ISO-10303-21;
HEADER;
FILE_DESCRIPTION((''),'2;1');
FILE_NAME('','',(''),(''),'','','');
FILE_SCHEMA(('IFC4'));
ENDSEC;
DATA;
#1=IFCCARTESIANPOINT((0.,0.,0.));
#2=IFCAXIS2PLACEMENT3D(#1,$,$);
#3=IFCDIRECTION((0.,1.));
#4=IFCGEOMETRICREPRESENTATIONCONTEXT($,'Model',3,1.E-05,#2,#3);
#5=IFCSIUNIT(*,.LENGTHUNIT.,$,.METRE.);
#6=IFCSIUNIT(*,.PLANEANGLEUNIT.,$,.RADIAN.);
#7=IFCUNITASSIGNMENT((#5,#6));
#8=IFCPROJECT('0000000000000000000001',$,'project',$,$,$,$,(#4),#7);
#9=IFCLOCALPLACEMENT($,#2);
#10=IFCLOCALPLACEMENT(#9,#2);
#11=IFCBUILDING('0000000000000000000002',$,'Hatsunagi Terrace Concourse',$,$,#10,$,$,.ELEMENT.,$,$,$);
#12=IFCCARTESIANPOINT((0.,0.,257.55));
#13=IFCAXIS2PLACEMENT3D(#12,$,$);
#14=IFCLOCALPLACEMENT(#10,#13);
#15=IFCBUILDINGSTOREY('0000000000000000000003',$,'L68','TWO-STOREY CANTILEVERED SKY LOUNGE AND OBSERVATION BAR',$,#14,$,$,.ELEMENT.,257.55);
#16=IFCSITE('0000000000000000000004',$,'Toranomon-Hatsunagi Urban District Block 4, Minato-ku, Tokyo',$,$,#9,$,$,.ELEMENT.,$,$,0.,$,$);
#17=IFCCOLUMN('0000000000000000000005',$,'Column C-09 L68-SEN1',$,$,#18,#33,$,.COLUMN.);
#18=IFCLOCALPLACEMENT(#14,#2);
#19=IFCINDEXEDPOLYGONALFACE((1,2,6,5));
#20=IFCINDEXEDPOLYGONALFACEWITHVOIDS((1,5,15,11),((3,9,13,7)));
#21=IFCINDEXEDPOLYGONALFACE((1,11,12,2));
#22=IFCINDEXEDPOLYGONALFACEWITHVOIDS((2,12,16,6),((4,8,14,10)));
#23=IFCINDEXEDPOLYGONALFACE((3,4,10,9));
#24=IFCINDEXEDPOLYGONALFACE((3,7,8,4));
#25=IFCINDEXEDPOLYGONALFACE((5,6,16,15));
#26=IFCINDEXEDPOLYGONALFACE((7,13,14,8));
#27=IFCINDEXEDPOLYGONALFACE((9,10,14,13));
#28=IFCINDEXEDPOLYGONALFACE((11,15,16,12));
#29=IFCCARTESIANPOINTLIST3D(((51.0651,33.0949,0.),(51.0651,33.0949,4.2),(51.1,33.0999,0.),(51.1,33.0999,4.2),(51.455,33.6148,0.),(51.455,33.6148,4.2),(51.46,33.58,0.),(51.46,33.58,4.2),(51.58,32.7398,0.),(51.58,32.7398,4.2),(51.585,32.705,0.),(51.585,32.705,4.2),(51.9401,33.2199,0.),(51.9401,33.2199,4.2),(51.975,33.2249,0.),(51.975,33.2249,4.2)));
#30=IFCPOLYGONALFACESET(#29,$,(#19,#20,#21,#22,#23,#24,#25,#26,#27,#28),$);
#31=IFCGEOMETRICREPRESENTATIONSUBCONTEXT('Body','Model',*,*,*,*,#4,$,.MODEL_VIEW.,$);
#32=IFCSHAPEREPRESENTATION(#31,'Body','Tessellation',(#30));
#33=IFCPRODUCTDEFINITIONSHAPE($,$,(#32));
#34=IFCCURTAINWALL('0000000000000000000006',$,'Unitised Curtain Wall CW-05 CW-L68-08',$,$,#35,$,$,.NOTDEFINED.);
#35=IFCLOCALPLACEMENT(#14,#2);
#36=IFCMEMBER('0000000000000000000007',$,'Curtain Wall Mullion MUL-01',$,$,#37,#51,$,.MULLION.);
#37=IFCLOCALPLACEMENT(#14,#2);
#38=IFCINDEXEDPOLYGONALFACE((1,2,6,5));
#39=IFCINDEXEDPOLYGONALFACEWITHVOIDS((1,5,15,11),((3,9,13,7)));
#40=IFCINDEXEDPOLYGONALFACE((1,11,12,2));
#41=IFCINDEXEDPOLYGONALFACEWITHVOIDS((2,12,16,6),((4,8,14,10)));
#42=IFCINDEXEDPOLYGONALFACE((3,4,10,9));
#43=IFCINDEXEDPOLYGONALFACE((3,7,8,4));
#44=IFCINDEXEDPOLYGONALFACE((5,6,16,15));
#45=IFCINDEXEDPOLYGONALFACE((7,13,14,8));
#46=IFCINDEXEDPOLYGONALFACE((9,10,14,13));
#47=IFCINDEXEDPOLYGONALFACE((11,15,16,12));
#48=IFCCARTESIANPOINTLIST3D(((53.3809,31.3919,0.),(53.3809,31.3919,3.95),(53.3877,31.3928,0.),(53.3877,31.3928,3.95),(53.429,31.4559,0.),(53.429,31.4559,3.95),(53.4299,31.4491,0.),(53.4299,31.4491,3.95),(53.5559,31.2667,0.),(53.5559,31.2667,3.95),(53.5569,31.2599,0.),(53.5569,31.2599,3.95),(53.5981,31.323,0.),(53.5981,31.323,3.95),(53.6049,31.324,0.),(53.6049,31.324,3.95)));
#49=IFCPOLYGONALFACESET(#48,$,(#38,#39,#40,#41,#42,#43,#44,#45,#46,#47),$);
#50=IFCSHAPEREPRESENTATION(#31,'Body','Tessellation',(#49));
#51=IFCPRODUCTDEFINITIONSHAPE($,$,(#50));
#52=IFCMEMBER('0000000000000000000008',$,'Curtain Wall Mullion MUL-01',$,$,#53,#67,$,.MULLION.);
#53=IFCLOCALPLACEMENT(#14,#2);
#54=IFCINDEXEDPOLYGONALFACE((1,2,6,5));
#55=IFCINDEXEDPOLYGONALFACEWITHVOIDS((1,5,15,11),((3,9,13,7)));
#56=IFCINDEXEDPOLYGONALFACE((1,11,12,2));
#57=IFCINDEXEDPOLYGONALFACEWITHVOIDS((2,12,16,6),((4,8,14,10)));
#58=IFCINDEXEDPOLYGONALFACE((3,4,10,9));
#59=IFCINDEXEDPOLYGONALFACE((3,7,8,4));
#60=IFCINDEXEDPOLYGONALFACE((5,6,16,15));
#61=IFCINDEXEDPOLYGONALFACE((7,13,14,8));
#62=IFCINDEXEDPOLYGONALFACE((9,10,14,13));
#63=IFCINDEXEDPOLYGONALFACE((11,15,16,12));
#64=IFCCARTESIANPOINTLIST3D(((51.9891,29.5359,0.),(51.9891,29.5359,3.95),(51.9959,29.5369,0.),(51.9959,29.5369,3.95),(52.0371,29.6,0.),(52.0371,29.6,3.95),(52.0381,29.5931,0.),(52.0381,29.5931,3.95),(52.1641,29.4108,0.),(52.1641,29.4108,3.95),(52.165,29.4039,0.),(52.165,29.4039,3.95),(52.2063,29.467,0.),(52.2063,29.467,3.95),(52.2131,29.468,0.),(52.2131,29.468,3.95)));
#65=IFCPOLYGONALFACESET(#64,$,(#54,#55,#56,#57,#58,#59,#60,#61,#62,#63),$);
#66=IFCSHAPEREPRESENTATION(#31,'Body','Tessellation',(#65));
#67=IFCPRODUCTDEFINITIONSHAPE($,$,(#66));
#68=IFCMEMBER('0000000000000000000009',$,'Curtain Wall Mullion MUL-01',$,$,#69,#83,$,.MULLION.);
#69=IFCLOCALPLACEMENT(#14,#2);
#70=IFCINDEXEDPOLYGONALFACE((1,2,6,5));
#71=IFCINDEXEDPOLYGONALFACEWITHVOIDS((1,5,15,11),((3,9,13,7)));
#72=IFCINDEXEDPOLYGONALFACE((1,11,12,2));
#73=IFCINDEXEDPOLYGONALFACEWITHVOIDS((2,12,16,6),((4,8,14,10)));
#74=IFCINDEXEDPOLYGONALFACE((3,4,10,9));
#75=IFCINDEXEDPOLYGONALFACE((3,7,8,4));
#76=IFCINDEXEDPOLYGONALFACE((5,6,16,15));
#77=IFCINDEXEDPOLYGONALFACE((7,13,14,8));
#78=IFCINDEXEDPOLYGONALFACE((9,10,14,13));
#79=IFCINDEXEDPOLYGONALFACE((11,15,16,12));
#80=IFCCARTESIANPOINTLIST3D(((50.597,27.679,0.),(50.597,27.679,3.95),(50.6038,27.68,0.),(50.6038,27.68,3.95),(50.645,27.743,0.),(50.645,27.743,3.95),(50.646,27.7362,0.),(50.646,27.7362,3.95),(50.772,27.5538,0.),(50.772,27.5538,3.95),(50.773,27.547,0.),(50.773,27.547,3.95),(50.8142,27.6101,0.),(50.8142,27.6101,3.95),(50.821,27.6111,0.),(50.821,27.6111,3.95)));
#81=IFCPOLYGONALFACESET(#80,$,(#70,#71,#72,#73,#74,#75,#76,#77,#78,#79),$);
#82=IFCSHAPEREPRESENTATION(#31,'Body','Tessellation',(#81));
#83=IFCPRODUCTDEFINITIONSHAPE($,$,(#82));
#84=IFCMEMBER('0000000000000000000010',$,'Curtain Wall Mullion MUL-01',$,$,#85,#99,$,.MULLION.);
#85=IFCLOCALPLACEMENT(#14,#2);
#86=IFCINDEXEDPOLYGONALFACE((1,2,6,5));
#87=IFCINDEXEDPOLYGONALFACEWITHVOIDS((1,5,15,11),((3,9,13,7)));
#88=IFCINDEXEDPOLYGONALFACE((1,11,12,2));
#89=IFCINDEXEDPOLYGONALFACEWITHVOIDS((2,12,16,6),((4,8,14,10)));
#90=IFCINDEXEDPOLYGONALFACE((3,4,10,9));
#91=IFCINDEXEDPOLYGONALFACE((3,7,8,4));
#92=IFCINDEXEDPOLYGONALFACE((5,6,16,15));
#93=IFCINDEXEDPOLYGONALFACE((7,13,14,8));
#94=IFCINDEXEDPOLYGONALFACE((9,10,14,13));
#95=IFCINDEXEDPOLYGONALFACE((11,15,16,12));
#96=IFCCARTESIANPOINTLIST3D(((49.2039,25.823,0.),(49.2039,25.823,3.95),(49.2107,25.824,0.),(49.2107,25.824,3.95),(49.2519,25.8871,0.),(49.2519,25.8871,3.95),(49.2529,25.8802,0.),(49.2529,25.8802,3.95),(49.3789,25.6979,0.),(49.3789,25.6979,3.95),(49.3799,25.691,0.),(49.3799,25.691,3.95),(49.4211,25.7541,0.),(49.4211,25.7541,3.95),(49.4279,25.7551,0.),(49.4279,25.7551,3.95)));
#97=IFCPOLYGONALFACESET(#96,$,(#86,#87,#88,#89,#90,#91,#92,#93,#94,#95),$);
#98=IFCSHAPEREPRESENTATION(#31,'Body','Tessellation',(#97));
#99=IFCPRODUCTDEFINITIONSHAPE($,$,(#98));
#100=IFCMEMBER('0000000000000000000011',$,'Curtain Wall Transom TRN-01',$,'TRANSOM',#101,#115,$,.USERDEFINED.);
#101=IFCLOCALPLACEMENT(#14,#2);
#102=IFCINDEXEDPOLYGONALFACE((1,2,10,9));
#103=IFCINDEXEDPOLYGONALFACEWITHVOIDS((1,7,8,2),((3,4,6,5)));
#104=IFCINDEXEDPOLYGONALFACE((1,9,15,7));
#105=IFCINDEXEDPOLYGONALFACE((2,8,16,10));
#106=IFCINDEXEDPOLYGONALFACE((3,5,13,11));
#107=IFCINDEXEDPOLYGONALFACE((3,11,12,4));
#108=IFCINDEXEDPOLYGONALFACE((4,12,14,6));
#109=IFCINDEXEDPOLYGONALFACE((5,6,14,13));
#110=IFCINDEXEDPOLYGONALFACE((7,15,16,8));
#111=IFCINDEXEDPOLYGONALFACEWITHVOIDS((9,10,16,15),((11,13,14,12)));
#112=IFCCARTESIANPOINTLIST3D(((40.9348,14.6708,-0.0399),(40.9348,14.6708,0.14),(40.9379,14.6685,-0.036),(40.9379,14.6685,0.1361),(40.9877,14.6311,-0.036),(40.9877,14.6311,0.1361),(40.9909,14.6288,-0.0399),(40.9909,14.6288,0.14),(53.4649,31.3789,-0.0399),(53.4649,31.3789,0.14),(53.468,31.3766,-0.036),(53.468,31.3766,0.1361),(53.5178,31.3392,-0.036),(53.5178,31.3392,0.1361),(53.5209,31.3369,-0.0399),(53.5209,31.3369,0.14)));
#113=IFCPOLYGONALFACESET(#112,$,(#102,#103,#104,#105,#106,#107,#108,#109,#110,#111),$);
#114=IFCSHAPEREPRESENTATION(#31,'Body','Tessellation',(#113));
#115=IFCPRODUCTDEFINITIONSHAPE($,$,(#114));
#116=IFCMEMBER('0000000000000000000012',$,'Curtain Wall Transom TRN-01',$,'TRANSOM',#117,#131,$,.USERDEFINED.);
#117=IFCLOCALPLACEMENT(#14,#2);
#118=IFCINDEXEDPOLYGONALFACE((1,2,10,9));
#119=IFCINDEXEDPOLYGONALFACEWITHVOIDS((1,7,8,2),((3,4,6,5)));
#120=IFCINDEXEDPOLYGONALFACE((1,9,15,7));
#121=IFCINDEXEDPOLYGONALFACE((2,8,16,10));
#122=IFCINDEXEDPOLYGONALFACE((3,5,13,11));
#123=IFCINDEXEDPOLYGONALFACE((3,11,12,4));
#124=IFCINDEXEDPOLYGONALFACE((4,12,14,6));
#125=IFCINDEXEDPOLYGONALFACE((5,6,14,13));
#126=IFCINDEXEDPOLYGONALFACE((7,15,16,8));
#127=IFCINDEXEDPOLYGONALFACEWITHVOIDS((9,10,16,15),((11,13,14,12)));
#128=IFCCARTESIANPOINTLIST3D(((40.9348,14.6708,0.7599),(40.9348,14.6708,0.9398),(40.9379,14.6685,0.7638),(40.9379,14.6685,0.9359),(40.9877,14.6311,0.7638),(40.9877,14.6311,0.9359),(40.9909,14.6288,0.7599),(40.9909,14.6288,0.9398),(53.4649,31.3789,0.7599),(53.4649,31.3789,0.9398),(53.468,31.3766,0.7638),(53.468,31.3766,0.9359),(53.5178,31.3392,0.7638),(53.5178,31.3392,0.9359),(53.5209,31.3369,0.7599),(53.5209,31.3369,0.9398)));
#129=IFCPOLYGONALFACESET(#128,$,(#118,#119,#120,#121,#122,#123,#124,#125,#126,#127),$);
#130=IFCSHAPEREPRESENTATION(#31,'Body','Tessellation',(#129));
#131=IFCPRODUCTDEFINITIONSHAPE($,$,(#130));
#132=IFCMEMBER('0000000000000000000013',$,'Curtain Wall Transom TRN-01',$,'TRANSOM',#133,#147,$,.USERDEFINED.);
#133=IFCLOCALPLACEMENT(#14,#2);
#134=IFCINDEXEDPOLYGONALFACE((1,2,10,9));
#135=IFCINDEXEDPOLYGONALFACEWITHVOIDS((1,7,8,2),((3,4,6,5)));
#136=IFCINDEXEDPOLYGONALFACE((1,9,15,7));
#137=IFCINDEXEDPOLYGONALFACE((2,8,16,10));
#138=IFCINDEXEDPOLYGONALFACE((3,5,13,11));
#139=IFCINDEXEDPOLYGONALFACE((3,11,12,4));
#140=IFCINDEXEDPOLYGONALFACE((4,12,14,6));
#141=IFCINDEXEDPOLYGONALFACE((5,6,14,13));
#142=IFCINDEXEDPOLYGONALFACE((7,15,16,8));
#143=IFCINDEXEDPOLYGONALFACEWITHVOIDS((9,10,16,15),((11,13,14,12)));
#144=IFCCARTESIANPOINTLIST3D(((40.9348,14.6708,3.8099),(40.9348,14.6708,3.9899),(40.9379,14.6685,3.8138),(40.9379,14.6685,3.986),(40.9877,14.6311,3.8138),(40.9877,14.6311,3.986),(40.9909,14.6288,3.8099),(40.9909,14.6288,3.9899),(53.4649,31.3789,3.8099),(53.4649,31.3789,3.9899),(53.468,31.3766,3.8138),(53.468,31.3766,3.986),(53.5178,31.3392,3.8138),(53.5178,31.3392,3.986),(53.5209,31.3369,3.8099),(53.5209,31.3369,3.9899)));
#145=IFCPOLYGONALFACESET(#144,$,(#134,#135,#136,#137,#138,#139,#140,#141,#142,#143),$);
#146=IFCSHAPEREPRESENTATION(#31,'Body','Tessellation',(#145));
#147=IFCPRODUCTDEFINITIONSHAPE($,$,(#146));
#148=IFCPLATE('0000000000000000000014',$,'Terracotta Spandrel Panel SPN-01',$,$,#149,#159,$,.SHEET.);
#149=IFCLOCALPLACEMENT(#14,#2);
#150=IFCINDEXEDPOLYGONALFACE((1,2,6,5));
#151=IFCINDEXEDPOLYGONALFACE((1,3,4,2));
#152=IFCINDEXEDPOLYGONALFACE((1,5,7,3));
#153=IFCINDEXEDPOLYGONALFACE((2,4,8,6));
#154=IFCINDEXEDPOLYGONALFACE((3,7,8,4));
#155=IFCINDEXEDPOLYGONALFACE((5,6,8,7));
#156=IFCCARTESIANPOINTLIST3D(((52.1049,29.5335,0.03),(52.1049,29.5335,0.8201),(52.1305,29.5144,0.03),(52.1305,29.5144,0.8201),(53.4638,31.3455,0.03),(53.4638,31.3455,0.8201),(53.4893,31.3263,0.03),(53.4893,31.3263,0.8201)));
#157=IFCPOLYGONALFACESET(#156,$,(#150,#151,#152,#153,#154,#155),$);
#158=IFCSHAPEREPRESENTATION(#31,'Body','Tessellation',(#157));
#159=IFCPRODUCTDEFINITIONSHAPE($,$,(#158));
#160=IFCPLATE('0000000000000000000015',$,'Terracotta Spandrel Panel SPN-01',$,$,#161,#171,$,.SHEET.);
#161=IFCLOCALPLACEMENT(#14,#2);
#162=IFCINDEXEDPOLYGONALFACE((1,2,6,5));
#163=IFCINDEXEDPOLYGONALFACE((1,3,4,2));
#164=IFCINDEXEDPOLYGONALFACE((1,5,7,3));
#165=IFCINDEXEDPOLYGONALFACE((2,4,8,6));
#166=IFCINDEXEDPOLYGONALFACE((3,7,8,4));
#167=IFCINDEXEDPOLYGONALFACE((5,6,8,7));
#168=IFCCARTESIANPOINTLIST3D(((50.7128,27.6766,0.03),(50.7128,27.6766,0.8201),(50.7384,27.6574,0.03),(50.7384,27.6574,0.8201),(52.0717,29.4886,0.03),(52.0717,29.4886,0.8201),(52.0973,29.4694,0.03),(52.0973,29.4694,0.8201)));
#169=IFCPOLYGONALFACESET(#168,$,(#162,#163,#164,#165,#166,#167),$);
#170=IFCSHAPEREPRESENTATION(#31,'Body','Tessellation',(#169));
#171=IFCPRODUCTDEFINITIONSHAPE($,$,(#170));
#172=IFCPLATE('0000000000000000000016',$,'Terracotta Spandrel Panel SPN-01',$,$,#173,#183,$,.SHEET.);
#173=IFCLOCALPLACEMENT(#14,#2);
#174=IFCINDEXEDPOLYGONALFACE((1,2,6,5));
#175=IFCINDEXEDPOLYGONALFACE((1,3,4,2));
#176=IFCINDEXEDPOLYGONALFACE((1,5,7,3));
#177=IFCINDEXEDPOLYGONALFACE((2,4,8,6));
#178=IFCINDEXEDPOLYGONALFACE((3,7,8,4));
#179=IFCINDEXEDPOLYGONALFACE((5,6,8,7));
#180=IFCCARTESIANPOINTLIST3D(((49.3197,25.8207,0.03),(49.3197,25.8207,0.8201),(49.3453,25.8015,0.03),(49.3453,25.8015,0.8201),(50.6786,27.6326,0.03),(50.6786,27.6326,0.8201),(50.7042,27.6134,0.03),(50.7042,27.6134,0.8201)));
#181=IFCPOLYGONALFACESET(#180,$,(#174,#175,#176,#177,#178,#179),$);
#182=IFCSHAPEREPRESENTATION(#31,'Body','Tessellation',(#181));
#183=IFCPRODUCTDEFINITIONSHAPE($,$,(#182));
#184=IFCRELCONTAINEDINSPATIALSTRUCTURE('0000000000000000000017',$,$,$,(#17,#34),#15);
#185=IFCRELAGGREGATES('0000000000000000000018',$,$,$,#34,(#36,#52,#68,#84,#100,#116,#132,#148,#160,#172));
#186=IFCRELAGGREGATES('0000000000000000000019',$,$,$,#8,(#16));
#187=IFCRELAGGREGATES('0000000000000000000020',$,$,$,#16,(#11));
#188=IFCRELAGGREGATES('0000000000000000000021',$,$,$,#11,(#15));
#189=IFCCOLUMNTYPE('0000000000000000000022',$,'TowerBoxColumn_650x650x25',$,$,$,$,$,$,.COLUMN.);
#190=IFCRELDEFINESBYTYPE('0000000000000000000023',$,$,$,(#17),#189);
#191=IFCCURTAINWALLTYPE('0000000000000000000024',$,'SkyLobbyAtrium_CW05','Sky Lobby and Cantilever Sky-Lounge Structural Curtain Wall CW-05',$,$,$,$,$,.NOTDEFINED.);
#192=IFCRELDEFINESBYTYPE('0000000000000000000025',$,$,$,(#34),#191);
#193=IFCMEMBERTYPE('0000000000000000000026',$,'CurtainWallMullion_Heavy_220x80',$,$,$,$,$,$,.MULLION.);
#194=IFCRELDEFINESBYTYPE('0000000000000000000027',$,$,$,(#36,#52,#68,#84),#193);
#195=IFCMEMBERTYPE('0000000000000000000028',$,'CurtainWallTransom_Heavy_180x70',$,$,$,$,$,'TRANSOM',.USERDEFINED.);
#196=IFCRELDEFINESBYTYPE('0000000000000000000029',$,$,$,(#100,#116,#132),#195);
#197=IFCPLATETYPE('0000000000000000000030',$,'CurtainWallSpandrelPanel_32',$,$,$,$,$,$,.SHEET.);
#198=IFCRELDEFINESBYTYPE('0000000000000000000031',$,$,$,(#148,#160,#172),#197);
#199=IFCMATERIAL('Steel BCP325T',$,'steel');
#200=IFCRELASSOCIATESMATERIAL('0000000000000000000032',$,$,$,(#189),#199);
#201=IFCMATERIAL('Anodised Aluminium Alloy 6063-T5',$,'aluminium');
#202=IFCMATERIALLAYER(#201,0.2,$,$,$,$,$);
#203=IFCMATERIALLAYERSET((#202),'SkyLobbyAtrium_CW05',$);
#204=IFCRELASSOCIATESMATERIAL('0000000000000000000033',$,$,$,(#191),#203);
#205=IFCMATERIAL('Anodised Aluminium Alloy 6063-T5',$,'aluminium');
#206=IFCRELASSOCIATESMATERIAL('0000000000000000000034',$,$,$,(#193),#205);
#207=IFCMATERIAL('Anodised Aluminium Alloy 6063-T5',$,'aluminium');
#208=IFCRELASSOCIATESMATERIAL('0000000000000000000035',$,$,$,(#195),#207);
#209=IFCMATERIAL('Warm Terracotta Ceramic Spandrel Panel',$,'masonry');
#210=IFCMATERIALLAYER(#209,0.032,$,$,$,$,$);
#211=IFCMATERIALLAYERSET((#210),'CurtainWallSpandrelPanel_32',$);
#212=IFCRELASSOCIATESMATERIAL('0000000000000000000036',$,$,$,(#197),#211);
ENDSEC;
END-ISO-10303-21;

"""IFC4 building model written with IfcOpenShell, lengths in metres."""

from ifc_helpers import new_model, si_unit, direction, frame, origin, origin_2d, place, context, subcontext, project, spatial, rectangle, hollow_rectangle, extrude, material, layer, layer_set, material_profile, profile_set, type_object, element, aggregate, save


model = new_model("IFC4")

# Units and contexts
model_context = context("Model", 3, precision=1e-05, world=origin(), true_north=direction((0.0, 1.0)))
body_context = subcontext(model_context, "Body", "Model", "MODEL_VIEW")
ifc_project = project(units=[si_unit("LENGTHUNIT", "METRE"), si_unit("PLANEANGLEUNIT", "RADIAN")], contexts=[model_context])

# Site, building, storey
site_placement = place(None, origin())
site = spatial("IfcSite", under=ifc_project, at=site_placement, Name="Toranomon-Hatsunagi Urban District Block 4, Minato-ku, Tokyo", CompositionType="ELEMENT", RefElevation=0.0)
building_placement = place(site_placement, origin())
building = spatial("IfcBuilding", under=site, at=building_placement, Name="Hatsunagi Terrace Concourse", CompositionType="ELEMENT")
storey_placement = place(building_placement, frame((0.0, 0.0, 257.55)))
storey = spatial("IfcBuildingStorey", under=building, at=storey_placement, Name="L68", Description="TWO-STOREY CANTILEVERED SKY LOUNGE AND OBSERVATION BAR", CompositionType="ELEMENT", Elevation=257.55)

# Column
ifc_material_1 = material(Name="Steel BCP325T", Category="steel")
ifc_material_profile_1 = material_profile(ifc_material_1, hollow_rectangle(XDim=0.6499, YDim=0.6499, WallThickness=0.0249, at=origin_2d()), Name="BCP-650x650x25")
ifc_profile_set_1 = profile_set([ifc_material_profile_1], Name="Steel BCP325T")
column_type = type_object("IfcColumnType", Name="TowerBoxColumn_650x650x25", PredefinedType="COLUMN", material=ifc_profile_set_1)
column_placement = place(storey_placement, frame((51.52, 33.1599, 0.0), z_axis=(0.0, 0.0, 1.0), x_axis=(0.8, -0.6, 0.0)))
element("IfcColumn", 1, at=column_placement, inside=storey, type_object=column_type, Name="Column C-09 L68-SEN1", PredefinedType="COLUMN", context=body_context, shape_type="SweptSolid", body=[
    extrude(hollow_rectangle(XDim=0.6499, YDim=0.6499, WallThickness=0.0249, at=origin_2d()), origin(), (0.0, 0.0, 1.0), 4.2),
])

# Curtain wall, members, plates
ifc_material_2 = material(Name="Anodised Aluminium Alloy 6063-T5", Category="aluminium")
ifc_layer_1 = layer(ifc_material_2, 0.2)
ifc_layer_set_1 = layer_set([ifc_layer_1], Name="SkyLobbyAtrium_CW05")
curtain_wall_type = type_object("IfcCurtainWallType", Name="SkyLobbyAtrium_CW05", Description="Sky Lobby and Cantilever Sky-Lounge Structural Curtain Wall CW-05", PredefinedType="NOTDEFINED", material=ifc_layer_set_1)
curtain_wall_placement = place(storey_placement, origin())
curtain_wall = element("IfcCurtainWall", 2, at=curtain_wall_placement, inside=storey, type_object=curtain_wall_type, Name="Unitised Curtain Wall CW-05 CW-L68-08", PredefinedType="NOTDEFINED")
ifc_material_3 = material(Name="Anodised Aluminium Alloy 6063-T5", Category="aluminium")
ifc_material_profile_2 = material_profile(ifc_material_3, hollow_rectangle(XDim=0.0801, YDim=0.22, WallThickness=0.0049, at=origin_2d()), Name="ALU-MUL-220x80x5")
ifc_profile_set_2 = profile_set([ifc_material_profile_2], Name="Anodised Aluminium Alloy 6063-T5")
member_type_1 = type_object("IfcMemberType", Name="CurtainWallMullion_Heavy_220x80", PredefinedType="MULLION", material=ifc_profile_set_2)
member_1_placement = place(storey_placement, frame((53.4929, 31.3579, 0.0), z_axis=(0.0, 0.0, 1.0), x_axis=(-0.599969, -0.800023, 0.0)))
member_1 = element("IfcMember", 3, at=member_1_placement, type_object=member_type_1, Name="Curtain Wall Mullion MUL-01", PredefinedType="MULLION", context=body_context, shape_type="SweptSolid", body=[
    extrude(hollow_rectangle(XDim=0.0801, YDim=0.22, WallThickness=0.0049, at=origin_2d()), origin(), (0.0, 0.0, 1.0), 3.95),
])
member_2_placement = place(storey_placement, frame((52.1011, 29.502, 0.0), z_axis=(0.0, 0.0, 1.0), x_axis=(-0.599969, -0.800023, 0.0)))
member_2 = element("IfcMember", 4, at=member_2_placement, type_object=member_type_1, Name="Curtain Wall Mullion MUL-01", PredefinedType="MULLION", context=body_context, shape_type="SweptSolid", body=[
    extrude(hollow_rectangle(XDim=0.0801, YDim=0.22, WallThickness=0.0049, at=origin_2d()), origin(), (0.0, 0.0, 1.0), 3.95),
])
member_3_placement = place(storey_placement, frame((50.709, 27.645, 0.0), z_axis=(0.0, 0.0, 1.0), x_axis=(-0.599969, -0.800023, 0.0)))
member_3 = element("IfcMember", 5, at=member_3_placement, type_object=member_type_1, Name="Curtain Wall Mullion MUL-01", PredefinedType="MULLION", context=body_context, shape_type="SweptSolid", body=[
    extrude(hollow_rectangle(XDim=0.0801, YDim=0.22, WallThickness=0.0049, at=origin_2d()), origin(), (0.0, 0.0, 1.0), 3.95),
])
member_4_placement = place(storey_placement, frame((49.3159, 25.7891, 0.0), z_axis=(0.0, 0.0, 1.0), x_axis=(-0.599969, -0.800023, 0.0)))
member_4 = element("IfcMember", 6, at=member_4_placement, type_object=member_type_1, Name="Curtain Wall Mullion MUL-01", PredefinedType="MULLION", context=body_context, shape_type="SweptSolid", body=[
    extrude(hollow_rectangle(XDim=0.0801, YDim=0.22, WallThickness=0.0049, at=origin_2d()), origin(), (0.0, 0.0, 1.0), 3.95),
])
ifc_material_4 = material(Name="Anodised Aluminium Alloy 6063-T5", Category="aluminium")
ifc_material_profile_3 = material_profile(ifc_material_4, hollow_rectangle(XDim=0.0701, YDim=0.1799, WallThickness=0.0039, at=origin_2d()), Name="ALU-TRN-180x70x4")
ifc_profile_set_3 = profile_set([ifc_material_profile_3], Name="Anodised Aluminium Alloy 6063-T5")
member_type_2 = type_object("IfcMemberType", Name="CurtainWallTransom_Heavy_180x70", ElementType="TRANSOM", PredefinedType="USERDEFINED", material=ifc_profile_set_3)
member_5_placement = place(storey_placement, frame((53.4929, 31.3579, 0.05), z_axis=(-0.59997, -0.800022, 0.0), x_axis=(0.800022, -0.59997, 0.0)))
member_5 = element("IfcMember", 7, at=member_5_placement, type_object=member_type_2, Name="Curtain Wall Transom TRN-01", ObjectType="TRANSOM", PredefinedType="USERDEFINED", context=body_context, shape_type="SweptSolid", body=[
    extrude(hollow_rectangle(XDim=0.0701, YDim=0.1799, WallThickness=0.0039, at=origin_2d()), origin(), (0.0, 0.0, 1.0), 20.8845),
])
member_6_placement = place(storey_placement, frame((53.4929, 31.3579, 0.8499), z_axis=(-0.59997, -0.800022, 0.0), x_axis=(0.800022, -0.59997, 0.0)))
member_6 = element("IfcMember", 8, at=member_6_placement, type_object=member_type_2, Name="Curtain Wall Transom TRN-01", ObjectType="TRANSOM", PredefinedType="USERDEFINED", context=body_context, shape_type="SweptSolid", body=[
    extrude(hollow_rectangle(XDim=0.0701, YDim=0.1799, WallThickness=0.0039, at=origin_2d()), origin(), (0.0, 0.0, 1.0), 20.8845),
])
member_7_placement = place(storey_placement, frame((53.4929, 31.3579, 3.8999), z_axis=(-0.59997, -0.800022, 0.0), x_axis=(0.800022, -0.59997, 0.0)))
member_7 = element("IfcMember", 9, at=member_7_placement, type_object=member_type_2, Name="Curtain Wall Transom TRN-01", ObjectType="TRANSOM", PredefinedType="USERDEFINED", context=body_context, shape_type="SweptSolid", body=[
    extrude(hollow_rectangle(XDim=0.0701, YDim=0.1799, WallThickness=0.0039, at=origin_2d()), origin(), (0.0, 0.0, 1.0), 20.8845),
])
ifc_material_5 = material(Name="Warm Terracotta Ceramic Spandrel Panel", Category="masonry")
ifc_layer_2 = layer(ifc_material_5, 0.032)
ifc_layer_set_2 = layer_set([ifc_layer_2], Name="CurtainWallSpandrelPanel_32")
plate_type_1 = type_object("IfcPlateType", Name="CurtainWallSpandrelPanel_32", PredefinedType="SHEET", material=ifc_layer_set_2)
plate_1_placement = place(storey_placement, frame((52.7971, 30.4299, 0.03), z_axis=(0.0, 0.0, 1.0), x_axis=(-0.599969, -0.800023, 0.0)))
plate_1 = element("IfcPlate", 10, at=plate_1_placement, type_object=plate_type_1, Name="Terracotta Spandrel Panel SPN-01", PredefinedType="SHEET", context=body_context, shape_type="SweptSolid", body=[
    extrude(rectangle(XDim=2.2649, YDim=0.032, at=origin_2d()), origin(), (0.0, 0.0, 1.0), 0.79),
])
plate_2_placement = place(storey_placement, frame((51.405, 28.573, 0.03), z_axis=(0.0, 0.0, 1.0), x_axis=(-0.599969, -0.800023, 0.0)))
plate_2 = element("IfcPlate", 11, at=plate_2_placement, type_object=plate_type_1, Name="Terracotta Spandrel Panel SPN-01", PredefinedType="SHEET", context=body_context, shape_type="SweptSolid", body=[
    extrude(rectangle(XDim=2.2649, YDim=0.032, at=origin_2d()), origin(), (0.0, 0.0, 1.0), 0.79),
])
plate_3_placement = place(storey_placement, frame((50.012, 26.717, 0.03), z_axis=(0.0, 0.0, 1.0), x_axis=(-0.599969, -0.800023, 0.0)))
plate_3 = element("IfcPlate", 12, at=plate_3_placement, type_object=plate_type_1, Name="Terracotta Spandrel Panel SPN-01", PredefinedType="SHEET", context=body_context, shape_type="SweptSolid", body=[
    extrude(rectangle(XDim=2.2649, YDim=0.032, at=origin_2d()), origin(), (0.0, 0.0, 1.0), 0.79),
])
aggregate(curtain_wall, [member_1, member_2, member_3, member_4, member_5, member_6, member_7, plate_1, plate_2, plate_3])

save(model, "model.ifc")
